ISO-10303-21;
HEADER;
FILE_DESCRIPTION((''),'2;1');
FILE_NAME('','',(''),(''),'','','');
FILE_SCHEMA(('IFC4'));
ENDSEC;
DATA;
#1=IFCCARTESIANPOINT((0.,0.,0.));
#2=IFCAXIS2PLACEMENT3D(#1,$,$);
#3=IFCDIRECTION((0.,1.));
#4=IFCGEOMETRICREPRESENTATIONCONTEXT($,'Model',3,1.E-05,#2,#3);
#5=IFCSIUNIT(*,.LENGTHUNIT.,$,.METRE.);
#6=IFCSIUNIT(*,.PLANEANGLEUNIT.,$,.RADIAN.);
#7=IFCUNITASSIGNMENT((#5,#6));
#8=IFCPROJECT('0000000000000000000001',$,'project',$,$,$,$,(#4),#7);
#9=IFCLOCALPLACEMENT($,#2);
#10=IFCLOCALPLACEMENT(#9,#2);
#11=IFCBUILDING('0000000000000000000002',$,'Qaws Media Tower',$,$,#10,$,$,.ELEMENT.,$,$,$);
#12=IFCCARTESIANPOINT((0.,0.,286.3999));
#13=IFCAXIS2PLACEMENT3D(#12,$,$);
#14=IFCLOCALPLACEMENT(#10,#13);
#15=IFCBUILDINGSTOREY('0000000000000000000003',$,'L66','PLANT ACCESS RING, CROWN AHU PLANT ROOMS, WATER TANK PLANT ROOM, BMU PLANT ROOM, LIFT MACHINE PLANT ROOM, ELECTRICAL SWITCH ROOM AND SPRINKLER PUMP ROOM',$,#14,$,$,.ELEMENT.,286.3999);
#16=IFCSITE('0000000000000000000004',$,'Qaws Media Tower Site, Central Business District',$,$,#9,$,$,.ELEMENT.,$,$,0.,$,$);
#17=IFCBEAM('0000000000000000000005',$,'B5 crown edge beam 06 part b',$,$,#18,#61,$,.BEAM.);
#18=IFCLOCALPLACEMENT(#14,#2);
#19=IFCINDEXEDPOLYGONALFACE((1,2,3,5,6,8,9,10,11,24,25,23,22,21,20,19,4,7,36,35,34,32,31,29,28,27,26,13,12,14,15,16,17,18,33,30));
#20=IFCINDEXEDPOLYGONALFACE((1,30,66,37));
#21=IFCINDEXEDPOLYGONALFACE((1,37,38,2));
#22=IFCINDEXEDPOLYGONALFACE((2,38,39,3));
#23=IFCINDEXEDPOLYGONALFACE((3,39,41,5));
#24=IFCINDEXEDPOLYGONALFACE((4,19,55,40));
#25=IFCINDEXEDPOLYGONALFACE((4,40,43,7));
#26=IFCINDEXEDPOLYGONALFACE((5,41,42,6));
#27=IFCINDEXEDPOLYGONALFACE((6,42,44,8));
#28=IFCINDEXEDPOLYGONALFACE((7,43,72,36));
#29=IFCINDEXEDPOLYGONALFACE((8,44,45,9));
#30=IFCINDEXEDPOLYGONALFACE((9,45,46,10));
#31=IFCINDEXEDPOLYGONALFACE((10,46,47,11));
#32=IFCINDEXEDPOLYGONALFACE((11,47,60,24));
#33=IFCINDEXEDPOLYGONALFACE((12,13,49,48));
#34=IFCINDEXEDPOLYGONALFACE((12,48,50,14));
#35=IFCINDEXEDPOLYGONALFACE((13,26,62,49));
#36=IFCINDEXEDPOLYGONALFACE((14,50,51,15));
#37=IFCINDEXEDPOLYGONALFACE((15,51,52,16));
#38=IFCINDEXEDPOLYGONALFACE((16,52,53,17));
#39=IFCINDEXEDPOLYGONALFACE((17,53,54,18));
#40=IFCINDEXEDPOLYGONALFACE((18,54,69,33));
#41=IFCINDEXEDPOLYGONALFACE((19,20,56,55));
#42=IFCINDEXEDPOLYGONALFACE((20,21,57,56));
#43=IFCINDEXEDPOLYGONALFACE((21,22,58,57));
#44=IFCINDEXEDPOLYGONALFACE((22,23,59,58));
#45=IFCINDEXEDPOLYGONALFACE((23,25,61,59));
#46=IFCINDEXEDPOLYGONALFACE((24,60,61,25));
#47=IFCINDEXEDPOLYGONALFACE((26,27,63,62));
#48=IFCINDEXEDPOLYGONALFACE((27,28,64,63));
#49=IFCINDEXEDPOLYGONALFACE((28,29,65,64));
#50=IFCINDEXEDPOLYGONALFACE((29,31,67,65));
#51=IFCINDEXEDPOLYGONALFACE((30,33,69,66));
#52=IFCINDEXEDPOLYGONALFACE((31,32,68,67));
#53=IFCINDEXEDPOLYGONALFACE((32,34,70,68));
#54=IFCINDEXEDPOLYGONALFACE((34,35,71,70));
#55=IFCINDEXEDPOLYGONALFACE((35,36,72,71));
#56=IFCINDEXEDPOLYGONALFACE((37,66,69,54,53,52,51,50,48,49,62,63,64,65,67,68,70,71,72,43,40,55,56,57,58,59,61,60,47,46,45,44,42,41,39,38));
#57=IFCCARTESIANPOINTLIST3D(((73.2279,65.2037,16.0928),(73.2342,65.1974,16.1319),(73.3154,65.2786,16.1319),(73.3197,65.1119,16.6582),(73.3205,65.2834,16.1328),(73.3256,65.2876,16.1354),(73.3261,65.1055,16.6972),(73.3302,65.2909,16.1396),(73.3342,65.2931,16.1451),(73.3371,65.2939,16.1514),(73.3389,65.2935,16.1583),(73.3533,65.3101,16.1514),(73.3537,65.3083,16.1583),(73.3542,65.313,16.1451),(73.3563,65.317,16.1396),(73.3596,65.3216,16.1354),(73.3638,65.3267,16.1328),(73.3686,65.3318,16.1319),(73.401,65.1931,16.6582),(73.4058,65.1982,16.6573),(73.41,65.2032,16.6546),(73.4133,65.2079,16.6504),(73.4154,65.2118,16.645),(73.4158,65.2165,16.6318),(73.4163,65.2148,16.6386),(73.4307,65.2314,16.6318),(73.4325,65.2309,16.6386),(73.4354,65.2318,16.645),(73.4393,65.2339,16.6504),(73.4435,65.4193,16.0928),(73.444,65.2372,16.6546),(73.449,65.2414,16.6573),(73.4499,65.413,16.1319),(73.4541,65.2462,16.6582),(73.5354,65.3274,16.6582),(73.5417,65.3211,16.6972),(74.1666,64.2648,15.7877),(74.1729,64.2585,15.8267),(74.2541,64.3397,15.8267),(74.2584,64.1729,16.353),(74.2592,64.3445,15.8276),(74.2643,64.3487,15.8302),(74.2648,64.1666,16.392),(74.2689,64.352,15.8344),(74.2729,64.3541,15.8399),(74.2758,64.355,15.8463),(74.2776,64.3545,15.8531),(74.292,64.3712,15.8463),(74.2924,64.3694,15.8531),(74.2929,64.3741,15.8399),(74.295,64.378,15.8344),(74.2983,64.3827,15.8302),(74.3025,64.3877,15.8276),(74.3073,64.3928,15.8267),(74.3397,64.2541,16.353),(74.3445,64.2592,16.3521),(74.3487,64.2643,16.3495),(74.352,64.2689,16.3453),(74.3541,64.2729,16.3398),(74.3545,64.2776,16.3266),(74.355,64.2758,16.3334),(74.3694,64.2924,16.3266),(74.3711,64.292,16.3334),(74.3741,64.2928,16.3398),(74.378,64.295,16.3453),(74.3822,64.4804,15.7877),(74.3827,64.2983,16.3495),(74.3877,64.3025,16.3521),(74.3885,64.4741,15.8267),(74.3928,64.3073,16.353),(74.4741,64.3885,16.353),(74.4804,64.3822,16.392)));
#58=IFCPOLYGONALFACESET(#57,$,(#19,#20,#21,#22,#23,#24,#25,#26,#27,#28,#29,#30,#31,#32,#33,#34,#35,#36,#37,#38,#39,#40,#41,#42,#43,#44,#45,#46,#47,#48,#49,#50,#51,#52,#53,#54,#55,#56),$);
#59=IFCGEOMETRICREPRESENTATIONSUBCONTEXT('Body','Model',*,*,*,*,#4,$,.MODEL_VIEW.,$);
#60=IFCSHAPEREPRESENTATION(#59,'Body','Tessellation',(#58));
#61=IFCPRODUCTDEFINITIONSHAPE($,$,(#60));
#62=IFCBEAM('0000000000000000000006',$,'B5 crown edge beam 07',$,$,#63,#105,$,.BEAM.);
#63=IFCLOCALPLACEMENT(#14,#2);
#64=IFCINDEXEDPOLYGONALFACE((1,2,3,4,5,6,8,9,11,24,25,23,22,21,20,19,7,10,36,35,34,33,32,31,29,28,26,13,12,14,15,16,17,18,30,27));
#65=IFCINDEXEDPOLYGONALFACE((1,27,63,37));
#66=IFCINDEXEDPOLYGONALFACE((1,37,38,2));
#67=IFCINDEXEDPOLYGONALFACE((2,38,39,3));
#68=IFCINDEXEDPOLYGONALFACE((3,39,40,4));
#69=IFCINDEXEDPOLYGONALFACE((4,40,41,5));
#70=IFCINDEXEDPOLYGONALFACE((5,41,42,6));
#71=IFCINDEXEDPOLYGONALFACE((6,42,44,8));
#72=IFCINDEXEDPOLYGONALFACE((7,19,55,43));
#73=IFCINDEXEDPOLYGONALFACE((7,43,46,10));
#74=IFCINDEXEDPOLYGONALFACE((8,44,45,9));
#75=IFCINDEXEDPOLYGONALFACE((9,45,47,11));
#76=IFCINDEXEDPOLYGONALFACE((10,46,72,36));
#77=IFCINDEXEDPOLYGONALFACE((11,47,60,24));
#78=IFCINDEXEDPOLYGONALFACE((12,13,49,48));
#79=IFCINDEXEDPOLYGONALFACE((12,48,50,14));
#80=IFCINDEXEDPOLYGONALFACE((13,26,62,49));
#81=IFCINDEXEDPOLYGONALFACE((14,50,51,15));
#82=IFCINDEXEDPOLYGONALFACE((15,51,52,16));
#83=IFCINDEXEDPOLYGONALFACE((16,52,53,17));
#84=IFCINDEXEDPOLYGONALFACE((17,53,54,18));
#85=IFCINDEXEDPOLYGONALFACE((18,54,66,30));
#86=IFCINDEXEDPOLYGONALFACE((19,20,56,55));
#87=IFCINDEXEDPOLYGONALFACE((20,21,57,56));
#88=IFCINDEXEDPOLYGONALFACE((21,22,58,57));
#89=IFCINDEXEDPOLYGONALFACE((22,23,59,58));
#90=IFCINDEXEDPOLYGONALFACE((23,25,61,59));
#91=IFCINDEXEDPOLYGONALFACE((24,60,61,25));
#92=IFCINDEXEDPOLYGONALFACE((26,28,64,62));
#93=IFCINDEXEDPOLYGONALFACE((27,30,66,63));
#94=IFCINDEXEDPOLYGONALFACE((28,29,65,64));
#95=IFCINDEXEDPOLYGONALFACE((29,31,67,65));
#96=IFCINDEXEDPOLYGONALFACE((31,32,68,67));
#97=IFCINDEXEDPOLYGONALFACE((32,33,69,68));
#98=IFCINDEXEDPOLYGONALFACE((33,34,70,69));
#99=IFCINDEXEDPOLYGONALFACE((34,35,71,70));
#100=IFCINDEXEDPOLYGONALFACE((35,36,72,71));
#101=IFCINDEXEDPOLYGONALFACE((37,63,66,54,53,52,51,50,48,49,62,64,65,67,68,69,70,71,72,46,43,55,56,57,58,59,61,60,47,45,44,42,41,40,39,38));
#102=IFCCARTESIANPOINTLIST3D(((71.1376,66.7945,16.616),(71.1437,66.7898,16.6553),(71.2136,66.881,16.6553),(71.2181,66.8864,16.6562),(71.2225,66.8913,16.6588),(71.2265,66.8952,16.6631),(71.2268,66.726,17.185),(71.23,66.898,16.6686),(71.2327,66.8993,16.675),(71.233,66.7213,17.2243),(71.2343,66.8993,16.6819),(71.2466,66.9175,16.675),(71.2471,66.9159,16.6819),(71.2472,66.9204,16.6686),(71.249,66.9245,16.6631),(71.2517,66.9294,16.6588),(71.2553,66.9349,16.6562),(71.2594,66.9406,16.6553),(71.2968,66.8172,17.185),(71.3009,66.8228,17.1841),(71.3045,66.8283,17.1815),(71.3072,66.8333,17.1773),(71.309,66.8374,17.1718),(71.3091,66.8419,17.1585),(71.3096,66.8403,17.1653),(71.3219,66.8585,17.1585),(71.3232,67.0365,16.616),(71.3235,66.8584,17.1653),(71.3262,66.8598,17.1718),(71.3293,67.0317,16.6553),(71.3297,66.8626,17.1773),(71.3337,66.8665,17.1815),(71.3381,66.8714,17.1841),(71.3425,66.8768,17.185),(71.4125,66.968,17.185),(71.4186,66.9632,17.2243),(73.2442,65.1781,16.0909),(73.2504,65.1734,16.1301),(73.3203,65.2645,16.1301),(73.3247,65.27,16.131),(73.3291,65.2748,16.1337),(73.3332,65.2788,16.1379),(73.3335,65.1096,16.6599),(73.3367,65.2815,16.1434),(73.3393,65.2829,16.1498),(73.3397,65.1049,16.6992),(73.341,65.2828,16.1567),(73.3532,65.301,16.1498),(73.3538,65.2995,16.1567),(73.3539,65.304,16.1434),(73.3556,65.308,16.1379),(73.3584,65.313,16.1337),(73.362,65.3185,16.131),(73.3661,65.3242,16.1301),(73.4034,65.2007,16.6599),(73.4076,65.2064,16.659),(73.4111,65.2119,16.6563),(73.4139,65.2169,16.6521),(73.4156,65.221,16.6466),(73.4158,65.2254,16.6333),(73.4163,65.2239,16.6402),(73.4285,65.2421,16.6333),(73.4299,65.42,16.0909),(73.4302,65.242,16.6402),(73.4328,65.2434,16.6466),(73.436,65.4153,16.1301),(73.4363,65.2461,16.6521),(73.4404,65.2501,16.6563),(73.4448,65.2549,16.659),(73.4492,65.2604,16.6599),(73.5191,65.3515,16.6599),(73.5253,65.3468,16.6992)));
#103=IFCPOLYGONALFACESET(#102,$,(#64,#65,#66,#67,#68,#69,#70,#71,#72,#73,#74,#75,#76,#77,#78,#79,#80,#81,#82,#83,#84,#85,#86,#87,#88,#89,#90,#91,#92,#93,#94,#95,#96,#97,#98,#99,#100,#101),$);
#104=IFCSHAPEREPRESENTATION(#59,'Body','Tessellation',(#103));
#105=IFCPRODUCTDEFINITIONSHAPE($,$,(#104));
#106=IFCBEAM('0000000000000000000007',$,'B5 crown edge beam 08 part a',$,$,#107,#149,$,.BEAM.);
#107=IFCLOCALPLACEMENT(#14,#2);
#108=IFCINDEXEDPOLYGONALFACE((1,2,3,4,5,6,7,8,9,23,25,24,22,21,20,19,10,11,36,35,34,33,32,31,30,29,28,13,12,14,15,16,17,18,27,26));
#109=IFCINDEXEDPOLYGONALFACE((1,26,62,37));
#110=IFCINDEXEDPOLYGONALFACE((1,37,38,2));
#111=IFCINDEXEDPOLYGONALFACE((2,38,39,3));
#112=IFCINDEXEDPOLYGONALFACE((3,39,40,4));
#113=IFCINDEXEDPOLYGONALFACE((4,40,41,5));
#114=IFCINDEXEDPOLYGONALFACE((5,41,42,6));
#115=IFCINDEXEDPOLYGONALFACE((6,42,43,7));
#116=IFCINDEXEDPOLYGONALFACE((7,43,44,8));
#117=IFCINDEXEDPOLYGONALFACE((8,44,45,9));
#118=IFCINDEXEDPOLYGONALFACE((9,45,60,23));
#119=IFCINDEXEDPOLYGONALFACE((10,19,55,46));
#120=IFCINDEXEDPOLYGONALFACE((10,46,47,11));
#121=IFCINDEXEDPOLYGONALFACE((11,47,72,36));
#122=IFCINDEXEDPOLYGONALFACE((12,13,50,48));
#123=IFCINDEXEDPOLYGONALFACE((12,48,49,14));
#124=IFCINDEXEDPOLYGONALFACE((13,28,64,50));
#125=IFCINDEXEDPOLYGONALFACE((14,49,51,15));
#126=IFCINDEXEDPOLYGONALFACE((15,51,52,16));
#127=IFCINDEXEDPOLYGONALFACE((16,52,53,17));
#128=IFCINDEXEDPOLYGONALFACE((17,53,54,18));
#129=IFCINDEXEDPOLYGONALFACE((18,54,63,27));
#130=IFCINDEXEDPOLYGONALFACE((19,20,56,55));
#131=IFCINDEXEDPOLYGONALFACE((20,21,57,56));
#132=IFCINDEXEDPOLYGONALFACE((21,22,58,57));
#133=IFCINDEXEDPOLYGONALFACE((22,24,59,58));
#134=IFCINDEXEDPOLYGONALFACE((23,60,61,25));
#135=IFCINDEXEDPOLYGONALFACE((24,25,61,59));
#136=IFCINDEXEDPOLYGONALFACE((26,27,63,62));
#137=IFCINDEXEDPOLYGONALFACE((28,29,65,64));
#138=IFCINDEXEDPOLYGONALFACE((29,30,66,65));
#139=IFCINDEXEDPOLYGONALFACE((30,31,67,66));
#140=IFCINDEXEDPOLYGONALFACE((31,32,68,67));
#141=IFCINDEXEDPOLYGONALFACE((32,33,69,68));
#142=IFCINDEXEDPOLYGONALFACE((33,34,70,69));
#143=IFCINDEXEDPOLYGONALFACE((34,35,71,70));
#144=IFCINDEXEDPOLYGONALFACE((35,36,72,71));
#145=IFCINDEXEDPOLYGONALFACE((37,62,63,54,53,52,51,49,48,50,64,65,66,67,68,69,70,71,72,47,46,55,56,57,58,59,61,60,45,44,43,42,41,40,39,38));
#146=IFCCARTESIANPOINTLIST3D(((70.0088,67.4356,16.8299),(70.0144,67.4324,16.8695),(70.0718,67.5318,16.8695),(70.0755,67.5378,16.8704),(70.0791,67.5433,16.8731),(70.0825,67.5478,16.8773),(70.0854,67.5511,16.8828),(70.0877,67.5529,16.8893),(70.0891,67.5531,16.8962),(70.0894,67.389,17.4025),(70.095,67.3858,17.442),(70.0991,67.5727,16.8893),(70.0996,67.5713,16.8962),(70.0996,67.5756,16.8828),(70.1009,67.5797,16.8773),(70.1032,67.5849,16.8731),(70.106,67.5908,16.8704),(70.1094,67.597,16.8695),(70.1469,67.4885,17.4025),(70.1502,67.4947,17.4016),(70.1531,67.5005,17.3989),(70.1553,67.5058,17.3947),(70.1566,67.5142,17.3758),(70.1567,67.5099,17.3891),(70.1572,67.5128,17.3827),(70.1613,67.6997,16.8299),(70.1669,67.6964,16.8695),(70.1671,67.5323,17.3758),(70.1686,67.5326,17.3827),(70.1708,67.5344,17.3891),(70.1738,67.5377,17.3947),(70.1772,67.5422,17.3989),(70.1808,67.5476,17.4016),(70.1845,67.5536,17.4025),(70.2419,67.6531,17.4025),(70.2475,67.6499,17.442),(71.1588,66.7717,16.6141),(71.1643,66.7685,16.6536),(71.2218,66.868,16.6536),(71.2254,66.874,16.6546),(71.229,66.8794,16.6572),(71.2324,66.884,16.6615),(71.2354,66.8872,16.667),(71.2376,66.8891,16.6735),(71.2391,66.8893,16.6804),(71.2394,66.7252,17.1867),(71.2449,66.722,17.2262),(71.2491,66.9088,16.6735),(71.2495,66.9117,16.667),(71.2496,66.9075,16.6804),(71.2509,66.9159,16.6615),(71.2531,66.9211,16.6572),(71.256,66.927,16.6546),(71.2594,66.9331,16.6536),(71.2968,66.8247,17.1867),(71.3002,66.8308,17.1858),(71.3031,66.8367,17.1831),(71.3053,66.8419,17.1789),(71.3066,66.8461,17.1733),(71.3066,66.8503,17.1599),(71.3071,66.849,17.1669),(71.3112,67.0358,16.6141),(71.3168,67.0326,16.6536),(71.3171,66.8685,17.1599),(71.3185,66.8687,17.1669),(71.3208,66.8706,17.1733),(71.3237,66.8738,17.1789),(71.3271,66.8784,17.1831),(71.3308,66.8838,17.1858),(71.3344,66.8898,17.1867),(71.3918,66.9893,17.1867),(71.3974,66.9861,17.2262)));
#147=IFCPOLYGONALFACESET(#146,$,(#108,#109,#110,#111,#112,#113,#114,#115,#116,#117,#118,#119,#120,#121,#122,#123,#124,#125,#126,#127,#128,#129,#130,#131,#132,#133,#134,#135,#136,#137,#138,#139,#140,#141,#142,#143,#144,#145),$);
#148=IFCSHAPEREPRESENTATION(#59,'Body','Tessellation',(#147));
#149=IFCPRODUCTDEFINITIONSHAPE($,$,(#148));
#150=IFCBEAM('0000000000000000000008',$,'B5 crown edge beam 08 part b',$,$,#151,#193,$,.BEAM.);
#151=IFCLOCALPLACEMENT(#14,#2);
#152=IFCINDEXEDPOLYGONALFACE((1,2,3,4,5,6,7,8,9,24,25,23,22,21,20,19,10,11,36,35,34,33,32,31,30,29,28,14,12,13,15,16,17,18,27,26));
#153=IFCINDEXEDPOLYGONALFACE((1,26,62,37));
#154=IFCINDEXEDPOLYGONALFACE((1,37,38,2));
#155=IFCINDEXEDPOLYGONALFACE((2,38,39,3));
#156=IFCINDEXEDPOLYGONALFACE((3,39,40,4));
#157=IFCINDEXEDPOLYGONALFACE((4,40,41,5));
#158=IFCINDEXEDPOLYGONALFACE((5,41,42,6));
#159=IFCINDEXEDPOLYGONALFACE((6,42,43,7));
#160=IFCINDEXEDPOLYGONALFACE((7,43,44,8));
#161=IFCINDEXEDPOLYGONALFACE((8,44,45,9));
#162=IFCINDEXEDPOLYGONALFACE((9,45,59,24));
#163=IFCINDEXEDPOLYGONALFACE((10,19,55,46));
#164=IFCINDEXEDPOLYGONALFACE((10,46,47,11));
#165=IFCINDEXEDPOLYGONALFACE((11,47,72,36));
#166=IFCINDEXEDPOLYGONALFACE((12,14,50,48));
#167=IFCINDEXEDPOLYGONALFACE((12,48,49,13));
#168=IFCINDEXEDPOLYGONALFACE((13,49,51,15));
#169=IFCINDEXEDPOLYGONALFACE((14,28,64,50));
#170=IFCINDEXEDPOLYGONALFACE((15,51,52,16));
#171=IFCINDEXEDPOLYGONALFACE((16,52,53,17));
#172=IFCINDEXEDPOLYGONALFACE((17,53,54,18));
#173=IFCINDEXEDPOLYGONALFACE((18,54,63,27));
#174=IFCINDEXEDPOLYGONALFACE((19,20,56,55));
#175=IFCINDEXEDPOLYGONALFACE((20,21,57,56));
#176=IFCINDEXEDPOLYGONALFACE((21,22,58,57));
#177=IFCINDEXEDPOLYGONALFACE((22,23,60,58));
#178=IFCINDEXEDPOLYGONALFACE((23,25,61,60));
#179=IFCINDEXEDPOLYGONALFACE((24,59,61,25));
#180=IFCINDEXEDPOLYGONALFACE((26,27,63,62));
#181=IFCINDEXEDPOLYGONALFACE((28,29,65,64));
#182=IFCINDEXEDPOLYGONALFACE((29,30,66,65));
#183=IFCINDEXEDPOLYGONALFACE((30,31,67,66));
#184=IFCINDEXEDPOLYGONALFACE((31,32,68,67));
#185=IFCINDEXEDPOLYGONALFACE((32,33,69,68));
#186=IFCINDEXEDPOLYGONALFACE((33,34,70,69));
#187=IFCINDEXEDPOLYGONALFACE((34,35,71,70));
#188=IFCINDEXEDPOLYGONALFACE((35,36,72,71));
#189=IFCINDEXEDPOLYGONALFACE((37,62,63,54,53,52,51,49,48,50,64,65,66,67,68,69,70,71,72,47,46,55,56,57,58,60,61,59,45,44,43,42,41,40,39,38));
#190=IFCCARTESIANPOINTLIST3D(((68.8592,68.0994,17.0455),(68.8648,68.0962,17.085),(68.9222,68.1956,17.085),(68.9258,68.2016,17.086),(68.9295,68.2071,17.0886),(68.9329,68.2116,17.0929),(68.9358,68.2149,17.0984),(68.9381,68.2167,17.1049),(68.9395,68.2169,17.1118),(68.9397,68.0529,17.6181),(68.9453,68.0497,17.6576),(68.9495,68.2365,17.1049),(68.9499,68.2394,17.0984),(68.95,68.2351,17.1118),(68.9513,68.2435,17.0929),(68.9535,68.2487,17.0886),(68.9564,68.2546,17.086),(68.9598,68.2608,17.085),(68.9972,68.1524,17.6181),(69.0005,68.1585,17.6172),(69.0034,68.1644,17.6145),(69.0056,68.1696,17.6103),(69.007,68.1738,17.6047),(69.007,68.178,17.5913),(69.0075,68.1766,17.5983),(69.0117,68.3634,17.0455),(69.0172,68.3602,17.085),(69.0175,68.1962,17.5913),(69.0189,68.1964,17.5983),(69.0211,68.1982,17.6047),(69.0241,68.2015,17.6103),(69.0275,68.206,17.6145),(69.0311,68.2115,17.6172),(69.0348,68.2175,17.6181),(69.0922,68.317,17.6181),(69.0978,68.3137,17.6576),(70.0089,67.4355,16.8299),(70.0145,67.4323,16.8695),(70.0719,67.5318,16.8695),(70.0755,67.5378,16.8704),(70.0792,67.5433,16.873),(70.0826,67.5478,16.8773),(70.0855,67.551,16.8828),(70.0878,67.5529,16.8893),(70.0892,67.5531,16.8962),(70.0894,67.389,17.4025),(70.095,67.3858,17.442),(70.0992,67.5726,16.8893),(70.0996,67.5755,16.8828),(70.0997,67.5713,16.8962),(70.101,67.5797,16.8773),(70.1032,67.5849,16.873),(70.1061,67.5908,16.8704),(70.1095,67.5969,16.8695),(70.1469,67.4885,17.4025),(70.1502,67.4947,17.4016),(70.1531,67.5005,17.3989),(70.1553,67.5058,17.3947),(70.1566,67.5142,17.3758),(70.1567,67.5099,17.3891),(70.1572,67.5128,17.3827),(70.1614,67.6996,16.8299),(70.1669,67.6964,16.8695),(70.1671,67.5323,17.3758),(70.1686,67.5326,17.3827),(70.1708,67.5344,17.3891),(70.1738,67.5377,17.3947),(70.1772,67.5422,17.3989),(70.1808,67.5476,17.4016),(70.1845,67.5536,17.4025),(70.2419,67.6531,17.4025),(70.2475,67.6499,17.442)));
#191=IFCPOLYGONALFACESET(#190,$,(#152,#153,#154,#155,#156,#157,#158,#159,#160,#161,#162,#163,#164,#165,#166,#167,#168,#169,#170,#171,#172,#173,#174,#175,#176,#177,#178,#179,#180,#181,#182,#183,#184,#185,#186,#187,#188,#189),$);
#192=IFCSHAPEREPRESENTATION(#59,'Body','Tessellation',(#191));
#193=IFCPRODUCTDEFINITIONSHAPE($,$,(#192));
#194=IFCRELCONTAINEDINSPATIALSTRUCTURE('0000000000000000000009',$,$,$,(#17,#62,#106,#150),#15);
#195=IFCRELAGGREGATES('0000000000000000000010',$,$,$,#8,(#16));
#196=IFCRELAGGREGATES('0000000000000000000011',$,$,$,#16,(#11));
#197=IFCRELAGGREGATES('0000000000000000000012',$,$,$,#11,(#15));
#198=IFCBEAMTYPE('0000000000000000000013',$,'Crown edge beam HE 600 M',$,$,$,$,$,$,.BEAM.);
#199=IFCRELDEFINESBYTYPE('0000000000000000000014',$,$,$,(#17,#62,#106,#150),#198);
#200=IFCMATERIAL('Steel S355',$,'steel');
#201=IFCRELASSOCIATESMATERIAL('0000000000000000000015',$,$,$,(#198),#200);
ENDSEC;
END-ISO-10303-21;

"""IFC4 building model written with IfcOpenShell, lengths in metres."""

from ifc_helpers import new_model, si_unit, direction, frame, origin, origin_2d, place, context, subcontext, project, spatial, i_section, extrude, material, material_profile, profile_set, type_object, element, save


model = new_model("IFC4")

# Units and contexts
model_context = context("Model", 3, precision=1e-05, world=origin(), true_north=direction((0.0, 1.0)))
body_context = subcontext(model_context, "Body", "Model", "MODEL_VIEW")
ifc_project = project(units=[si_unit("LENGTHUNIT", "METRE"), si_unit("PLANEANGLEUNIT", "RADIAN")], contexts=[model_context])

# Site, building, storey
site_placement = place(None, origin())
site = spatial("IfcSite", under=ifc_project, at=site_placement, Name="Qaws Media Tower Site, Central Business District", CompositionType="ELEMENT", RefElevation=0.0)
building_placement = place(site_placement, origin())
building = spatial("IfcBuilding", under=site, at=building_placement, Name="Qaws Media Tower", CompositionType="ELEMENT")
storey_placement = place(building_placement, frame((0.0, 0.0, 286.3999)))
storey = spatial("IfcBuildingStorey", under=building, at=storey_placement, Name="L66", Description="PLANT ACCESS RING, CROWN AHU PLANT ROOMS, WATER TANK PLANT ROOM, BMU PLANT ROOM, LIFT MACHINE PLANT ROOM, ELECTRICAL SWITCH ROOM AND SPRINKLER PUMP ROOM", CompositionType="ELEMENT", Elevation=286.3999)

# Beams
ifc_material_1 = material(Name="Steel S355", Category="steel")
ifc_material_profile_1 = material_profile(ifc_material_1, i_section(OverallWidth=0.3049, OverallDepth=0.6201, WebThickness=0.021, FlangeThickness=0.04, FilletRadius=0.0271, at=origin_2d()), Name="HE 600 M")
ifc_profile_set_1 = profile_set([ifc_material_profile_1], Name="Steel S355")
beam_type_1 = type_object("IfcBeamType", Name="Crown edge beam HE 600 M", PredefinedType="BEAM", material=ifc_profile_set_1)
for number, where, z_axis, x_axis, name in (
    (1, (74.3235, 64.3235, 16.0898), (-0.689048, 0.689227, 0.224008), (-0.707199, -0.707015, 0.0), "B5 crown edge beam 06 part b"),
):
    element("IfcBeam", number, at=place(storey_placement, frame(where, z_axis=z_axis, x_axis=x_axis)), inside=storey, type_object=beam_type_1, Name=name, PredefinedType="BEAM", context=body_context, shape_type="SweptSolid", body=[
        extrude(i_section(OverallWidth=0.3049, OverallDepth=0.6201, WebThickness=0.021, FlangeThickness=0.04, FilletRadius=0.0271, at=origin_2d()), origin(), (0.0, 0.0, 1.0), 1.3623),
    ])
beam_1_placement = place(storey_placement, frame((73.3848, 65.2625, 16.395), z_axis=(-0.778291, 0.59718, 0.194009), x_axis=(-0.608746, -0.793365, 0.0)))
element("IfcBeam", 2, at=beam_1_placement, inside=storey, type_object=beam_type_1, Name="B5 crown edge beam 07", PredefinedType="BEAM", context=body_context, shape_type="SweptSolid", body=[
    extrude(i_section(OverallWidth=0.3049, OverallDepth=0.6201, WebThickness=0.021, FlangeThickness=0.04, FilletRadius=0.0271, at=origin_2d()), origin(), (0.0, 0.0, 1.0), 2.7068),
])
beam_2_placement = place(storey_placement, frame((71.2781, 66.8789, 16.9202), z_axis=(-0.854832, 0.493479, 0.16044), x_axis=(-0.499956, -0.866051, 0.0)))
element("IfcBeam", 3, at=beam_2_placement, inside=storey, type_object=beam_type_1, Name="B5 crown edge beam 08 part a", PredefinedType="BEAM", context=body_context, shape_type="SweptSolid", body=[
    extrude(i_section(OverallWidth=0.3049, OverallDepth=0.6201, WebThickness=0.021, FlangeThickness=0.04, FilletRadius=0.0271, at=origin_2d()), origin(), (0.0, 0.0, 1.0), 1.3452),
])
beam_3_placement = place(storey_placement, frame((70.1282, 67.5427, 17.136), z_axis=(-0.854808, 0.49357, 0.160288), x_axis=(-0.500036, -0.866005, 0.0)))
element("IfcBeam", 4, at=beam_3_placement, inside=storey, type_object=beam_type_1, Name="B5 crown edge beam 08 part b", PredefinedType="BEAM", context=body_context, shape_type="SweptSolid", body=[
    extrude(i_section(OverallWidth=0.3049, OverallDepth=0.6201, WebThickness=0.021, FlangeThickness=0.04, FilletRadius=0.0271, at=origin_2d()), origin(), (0.0, 0.0, 1.0), 1.345),
])

save(model, "model.ifc")
